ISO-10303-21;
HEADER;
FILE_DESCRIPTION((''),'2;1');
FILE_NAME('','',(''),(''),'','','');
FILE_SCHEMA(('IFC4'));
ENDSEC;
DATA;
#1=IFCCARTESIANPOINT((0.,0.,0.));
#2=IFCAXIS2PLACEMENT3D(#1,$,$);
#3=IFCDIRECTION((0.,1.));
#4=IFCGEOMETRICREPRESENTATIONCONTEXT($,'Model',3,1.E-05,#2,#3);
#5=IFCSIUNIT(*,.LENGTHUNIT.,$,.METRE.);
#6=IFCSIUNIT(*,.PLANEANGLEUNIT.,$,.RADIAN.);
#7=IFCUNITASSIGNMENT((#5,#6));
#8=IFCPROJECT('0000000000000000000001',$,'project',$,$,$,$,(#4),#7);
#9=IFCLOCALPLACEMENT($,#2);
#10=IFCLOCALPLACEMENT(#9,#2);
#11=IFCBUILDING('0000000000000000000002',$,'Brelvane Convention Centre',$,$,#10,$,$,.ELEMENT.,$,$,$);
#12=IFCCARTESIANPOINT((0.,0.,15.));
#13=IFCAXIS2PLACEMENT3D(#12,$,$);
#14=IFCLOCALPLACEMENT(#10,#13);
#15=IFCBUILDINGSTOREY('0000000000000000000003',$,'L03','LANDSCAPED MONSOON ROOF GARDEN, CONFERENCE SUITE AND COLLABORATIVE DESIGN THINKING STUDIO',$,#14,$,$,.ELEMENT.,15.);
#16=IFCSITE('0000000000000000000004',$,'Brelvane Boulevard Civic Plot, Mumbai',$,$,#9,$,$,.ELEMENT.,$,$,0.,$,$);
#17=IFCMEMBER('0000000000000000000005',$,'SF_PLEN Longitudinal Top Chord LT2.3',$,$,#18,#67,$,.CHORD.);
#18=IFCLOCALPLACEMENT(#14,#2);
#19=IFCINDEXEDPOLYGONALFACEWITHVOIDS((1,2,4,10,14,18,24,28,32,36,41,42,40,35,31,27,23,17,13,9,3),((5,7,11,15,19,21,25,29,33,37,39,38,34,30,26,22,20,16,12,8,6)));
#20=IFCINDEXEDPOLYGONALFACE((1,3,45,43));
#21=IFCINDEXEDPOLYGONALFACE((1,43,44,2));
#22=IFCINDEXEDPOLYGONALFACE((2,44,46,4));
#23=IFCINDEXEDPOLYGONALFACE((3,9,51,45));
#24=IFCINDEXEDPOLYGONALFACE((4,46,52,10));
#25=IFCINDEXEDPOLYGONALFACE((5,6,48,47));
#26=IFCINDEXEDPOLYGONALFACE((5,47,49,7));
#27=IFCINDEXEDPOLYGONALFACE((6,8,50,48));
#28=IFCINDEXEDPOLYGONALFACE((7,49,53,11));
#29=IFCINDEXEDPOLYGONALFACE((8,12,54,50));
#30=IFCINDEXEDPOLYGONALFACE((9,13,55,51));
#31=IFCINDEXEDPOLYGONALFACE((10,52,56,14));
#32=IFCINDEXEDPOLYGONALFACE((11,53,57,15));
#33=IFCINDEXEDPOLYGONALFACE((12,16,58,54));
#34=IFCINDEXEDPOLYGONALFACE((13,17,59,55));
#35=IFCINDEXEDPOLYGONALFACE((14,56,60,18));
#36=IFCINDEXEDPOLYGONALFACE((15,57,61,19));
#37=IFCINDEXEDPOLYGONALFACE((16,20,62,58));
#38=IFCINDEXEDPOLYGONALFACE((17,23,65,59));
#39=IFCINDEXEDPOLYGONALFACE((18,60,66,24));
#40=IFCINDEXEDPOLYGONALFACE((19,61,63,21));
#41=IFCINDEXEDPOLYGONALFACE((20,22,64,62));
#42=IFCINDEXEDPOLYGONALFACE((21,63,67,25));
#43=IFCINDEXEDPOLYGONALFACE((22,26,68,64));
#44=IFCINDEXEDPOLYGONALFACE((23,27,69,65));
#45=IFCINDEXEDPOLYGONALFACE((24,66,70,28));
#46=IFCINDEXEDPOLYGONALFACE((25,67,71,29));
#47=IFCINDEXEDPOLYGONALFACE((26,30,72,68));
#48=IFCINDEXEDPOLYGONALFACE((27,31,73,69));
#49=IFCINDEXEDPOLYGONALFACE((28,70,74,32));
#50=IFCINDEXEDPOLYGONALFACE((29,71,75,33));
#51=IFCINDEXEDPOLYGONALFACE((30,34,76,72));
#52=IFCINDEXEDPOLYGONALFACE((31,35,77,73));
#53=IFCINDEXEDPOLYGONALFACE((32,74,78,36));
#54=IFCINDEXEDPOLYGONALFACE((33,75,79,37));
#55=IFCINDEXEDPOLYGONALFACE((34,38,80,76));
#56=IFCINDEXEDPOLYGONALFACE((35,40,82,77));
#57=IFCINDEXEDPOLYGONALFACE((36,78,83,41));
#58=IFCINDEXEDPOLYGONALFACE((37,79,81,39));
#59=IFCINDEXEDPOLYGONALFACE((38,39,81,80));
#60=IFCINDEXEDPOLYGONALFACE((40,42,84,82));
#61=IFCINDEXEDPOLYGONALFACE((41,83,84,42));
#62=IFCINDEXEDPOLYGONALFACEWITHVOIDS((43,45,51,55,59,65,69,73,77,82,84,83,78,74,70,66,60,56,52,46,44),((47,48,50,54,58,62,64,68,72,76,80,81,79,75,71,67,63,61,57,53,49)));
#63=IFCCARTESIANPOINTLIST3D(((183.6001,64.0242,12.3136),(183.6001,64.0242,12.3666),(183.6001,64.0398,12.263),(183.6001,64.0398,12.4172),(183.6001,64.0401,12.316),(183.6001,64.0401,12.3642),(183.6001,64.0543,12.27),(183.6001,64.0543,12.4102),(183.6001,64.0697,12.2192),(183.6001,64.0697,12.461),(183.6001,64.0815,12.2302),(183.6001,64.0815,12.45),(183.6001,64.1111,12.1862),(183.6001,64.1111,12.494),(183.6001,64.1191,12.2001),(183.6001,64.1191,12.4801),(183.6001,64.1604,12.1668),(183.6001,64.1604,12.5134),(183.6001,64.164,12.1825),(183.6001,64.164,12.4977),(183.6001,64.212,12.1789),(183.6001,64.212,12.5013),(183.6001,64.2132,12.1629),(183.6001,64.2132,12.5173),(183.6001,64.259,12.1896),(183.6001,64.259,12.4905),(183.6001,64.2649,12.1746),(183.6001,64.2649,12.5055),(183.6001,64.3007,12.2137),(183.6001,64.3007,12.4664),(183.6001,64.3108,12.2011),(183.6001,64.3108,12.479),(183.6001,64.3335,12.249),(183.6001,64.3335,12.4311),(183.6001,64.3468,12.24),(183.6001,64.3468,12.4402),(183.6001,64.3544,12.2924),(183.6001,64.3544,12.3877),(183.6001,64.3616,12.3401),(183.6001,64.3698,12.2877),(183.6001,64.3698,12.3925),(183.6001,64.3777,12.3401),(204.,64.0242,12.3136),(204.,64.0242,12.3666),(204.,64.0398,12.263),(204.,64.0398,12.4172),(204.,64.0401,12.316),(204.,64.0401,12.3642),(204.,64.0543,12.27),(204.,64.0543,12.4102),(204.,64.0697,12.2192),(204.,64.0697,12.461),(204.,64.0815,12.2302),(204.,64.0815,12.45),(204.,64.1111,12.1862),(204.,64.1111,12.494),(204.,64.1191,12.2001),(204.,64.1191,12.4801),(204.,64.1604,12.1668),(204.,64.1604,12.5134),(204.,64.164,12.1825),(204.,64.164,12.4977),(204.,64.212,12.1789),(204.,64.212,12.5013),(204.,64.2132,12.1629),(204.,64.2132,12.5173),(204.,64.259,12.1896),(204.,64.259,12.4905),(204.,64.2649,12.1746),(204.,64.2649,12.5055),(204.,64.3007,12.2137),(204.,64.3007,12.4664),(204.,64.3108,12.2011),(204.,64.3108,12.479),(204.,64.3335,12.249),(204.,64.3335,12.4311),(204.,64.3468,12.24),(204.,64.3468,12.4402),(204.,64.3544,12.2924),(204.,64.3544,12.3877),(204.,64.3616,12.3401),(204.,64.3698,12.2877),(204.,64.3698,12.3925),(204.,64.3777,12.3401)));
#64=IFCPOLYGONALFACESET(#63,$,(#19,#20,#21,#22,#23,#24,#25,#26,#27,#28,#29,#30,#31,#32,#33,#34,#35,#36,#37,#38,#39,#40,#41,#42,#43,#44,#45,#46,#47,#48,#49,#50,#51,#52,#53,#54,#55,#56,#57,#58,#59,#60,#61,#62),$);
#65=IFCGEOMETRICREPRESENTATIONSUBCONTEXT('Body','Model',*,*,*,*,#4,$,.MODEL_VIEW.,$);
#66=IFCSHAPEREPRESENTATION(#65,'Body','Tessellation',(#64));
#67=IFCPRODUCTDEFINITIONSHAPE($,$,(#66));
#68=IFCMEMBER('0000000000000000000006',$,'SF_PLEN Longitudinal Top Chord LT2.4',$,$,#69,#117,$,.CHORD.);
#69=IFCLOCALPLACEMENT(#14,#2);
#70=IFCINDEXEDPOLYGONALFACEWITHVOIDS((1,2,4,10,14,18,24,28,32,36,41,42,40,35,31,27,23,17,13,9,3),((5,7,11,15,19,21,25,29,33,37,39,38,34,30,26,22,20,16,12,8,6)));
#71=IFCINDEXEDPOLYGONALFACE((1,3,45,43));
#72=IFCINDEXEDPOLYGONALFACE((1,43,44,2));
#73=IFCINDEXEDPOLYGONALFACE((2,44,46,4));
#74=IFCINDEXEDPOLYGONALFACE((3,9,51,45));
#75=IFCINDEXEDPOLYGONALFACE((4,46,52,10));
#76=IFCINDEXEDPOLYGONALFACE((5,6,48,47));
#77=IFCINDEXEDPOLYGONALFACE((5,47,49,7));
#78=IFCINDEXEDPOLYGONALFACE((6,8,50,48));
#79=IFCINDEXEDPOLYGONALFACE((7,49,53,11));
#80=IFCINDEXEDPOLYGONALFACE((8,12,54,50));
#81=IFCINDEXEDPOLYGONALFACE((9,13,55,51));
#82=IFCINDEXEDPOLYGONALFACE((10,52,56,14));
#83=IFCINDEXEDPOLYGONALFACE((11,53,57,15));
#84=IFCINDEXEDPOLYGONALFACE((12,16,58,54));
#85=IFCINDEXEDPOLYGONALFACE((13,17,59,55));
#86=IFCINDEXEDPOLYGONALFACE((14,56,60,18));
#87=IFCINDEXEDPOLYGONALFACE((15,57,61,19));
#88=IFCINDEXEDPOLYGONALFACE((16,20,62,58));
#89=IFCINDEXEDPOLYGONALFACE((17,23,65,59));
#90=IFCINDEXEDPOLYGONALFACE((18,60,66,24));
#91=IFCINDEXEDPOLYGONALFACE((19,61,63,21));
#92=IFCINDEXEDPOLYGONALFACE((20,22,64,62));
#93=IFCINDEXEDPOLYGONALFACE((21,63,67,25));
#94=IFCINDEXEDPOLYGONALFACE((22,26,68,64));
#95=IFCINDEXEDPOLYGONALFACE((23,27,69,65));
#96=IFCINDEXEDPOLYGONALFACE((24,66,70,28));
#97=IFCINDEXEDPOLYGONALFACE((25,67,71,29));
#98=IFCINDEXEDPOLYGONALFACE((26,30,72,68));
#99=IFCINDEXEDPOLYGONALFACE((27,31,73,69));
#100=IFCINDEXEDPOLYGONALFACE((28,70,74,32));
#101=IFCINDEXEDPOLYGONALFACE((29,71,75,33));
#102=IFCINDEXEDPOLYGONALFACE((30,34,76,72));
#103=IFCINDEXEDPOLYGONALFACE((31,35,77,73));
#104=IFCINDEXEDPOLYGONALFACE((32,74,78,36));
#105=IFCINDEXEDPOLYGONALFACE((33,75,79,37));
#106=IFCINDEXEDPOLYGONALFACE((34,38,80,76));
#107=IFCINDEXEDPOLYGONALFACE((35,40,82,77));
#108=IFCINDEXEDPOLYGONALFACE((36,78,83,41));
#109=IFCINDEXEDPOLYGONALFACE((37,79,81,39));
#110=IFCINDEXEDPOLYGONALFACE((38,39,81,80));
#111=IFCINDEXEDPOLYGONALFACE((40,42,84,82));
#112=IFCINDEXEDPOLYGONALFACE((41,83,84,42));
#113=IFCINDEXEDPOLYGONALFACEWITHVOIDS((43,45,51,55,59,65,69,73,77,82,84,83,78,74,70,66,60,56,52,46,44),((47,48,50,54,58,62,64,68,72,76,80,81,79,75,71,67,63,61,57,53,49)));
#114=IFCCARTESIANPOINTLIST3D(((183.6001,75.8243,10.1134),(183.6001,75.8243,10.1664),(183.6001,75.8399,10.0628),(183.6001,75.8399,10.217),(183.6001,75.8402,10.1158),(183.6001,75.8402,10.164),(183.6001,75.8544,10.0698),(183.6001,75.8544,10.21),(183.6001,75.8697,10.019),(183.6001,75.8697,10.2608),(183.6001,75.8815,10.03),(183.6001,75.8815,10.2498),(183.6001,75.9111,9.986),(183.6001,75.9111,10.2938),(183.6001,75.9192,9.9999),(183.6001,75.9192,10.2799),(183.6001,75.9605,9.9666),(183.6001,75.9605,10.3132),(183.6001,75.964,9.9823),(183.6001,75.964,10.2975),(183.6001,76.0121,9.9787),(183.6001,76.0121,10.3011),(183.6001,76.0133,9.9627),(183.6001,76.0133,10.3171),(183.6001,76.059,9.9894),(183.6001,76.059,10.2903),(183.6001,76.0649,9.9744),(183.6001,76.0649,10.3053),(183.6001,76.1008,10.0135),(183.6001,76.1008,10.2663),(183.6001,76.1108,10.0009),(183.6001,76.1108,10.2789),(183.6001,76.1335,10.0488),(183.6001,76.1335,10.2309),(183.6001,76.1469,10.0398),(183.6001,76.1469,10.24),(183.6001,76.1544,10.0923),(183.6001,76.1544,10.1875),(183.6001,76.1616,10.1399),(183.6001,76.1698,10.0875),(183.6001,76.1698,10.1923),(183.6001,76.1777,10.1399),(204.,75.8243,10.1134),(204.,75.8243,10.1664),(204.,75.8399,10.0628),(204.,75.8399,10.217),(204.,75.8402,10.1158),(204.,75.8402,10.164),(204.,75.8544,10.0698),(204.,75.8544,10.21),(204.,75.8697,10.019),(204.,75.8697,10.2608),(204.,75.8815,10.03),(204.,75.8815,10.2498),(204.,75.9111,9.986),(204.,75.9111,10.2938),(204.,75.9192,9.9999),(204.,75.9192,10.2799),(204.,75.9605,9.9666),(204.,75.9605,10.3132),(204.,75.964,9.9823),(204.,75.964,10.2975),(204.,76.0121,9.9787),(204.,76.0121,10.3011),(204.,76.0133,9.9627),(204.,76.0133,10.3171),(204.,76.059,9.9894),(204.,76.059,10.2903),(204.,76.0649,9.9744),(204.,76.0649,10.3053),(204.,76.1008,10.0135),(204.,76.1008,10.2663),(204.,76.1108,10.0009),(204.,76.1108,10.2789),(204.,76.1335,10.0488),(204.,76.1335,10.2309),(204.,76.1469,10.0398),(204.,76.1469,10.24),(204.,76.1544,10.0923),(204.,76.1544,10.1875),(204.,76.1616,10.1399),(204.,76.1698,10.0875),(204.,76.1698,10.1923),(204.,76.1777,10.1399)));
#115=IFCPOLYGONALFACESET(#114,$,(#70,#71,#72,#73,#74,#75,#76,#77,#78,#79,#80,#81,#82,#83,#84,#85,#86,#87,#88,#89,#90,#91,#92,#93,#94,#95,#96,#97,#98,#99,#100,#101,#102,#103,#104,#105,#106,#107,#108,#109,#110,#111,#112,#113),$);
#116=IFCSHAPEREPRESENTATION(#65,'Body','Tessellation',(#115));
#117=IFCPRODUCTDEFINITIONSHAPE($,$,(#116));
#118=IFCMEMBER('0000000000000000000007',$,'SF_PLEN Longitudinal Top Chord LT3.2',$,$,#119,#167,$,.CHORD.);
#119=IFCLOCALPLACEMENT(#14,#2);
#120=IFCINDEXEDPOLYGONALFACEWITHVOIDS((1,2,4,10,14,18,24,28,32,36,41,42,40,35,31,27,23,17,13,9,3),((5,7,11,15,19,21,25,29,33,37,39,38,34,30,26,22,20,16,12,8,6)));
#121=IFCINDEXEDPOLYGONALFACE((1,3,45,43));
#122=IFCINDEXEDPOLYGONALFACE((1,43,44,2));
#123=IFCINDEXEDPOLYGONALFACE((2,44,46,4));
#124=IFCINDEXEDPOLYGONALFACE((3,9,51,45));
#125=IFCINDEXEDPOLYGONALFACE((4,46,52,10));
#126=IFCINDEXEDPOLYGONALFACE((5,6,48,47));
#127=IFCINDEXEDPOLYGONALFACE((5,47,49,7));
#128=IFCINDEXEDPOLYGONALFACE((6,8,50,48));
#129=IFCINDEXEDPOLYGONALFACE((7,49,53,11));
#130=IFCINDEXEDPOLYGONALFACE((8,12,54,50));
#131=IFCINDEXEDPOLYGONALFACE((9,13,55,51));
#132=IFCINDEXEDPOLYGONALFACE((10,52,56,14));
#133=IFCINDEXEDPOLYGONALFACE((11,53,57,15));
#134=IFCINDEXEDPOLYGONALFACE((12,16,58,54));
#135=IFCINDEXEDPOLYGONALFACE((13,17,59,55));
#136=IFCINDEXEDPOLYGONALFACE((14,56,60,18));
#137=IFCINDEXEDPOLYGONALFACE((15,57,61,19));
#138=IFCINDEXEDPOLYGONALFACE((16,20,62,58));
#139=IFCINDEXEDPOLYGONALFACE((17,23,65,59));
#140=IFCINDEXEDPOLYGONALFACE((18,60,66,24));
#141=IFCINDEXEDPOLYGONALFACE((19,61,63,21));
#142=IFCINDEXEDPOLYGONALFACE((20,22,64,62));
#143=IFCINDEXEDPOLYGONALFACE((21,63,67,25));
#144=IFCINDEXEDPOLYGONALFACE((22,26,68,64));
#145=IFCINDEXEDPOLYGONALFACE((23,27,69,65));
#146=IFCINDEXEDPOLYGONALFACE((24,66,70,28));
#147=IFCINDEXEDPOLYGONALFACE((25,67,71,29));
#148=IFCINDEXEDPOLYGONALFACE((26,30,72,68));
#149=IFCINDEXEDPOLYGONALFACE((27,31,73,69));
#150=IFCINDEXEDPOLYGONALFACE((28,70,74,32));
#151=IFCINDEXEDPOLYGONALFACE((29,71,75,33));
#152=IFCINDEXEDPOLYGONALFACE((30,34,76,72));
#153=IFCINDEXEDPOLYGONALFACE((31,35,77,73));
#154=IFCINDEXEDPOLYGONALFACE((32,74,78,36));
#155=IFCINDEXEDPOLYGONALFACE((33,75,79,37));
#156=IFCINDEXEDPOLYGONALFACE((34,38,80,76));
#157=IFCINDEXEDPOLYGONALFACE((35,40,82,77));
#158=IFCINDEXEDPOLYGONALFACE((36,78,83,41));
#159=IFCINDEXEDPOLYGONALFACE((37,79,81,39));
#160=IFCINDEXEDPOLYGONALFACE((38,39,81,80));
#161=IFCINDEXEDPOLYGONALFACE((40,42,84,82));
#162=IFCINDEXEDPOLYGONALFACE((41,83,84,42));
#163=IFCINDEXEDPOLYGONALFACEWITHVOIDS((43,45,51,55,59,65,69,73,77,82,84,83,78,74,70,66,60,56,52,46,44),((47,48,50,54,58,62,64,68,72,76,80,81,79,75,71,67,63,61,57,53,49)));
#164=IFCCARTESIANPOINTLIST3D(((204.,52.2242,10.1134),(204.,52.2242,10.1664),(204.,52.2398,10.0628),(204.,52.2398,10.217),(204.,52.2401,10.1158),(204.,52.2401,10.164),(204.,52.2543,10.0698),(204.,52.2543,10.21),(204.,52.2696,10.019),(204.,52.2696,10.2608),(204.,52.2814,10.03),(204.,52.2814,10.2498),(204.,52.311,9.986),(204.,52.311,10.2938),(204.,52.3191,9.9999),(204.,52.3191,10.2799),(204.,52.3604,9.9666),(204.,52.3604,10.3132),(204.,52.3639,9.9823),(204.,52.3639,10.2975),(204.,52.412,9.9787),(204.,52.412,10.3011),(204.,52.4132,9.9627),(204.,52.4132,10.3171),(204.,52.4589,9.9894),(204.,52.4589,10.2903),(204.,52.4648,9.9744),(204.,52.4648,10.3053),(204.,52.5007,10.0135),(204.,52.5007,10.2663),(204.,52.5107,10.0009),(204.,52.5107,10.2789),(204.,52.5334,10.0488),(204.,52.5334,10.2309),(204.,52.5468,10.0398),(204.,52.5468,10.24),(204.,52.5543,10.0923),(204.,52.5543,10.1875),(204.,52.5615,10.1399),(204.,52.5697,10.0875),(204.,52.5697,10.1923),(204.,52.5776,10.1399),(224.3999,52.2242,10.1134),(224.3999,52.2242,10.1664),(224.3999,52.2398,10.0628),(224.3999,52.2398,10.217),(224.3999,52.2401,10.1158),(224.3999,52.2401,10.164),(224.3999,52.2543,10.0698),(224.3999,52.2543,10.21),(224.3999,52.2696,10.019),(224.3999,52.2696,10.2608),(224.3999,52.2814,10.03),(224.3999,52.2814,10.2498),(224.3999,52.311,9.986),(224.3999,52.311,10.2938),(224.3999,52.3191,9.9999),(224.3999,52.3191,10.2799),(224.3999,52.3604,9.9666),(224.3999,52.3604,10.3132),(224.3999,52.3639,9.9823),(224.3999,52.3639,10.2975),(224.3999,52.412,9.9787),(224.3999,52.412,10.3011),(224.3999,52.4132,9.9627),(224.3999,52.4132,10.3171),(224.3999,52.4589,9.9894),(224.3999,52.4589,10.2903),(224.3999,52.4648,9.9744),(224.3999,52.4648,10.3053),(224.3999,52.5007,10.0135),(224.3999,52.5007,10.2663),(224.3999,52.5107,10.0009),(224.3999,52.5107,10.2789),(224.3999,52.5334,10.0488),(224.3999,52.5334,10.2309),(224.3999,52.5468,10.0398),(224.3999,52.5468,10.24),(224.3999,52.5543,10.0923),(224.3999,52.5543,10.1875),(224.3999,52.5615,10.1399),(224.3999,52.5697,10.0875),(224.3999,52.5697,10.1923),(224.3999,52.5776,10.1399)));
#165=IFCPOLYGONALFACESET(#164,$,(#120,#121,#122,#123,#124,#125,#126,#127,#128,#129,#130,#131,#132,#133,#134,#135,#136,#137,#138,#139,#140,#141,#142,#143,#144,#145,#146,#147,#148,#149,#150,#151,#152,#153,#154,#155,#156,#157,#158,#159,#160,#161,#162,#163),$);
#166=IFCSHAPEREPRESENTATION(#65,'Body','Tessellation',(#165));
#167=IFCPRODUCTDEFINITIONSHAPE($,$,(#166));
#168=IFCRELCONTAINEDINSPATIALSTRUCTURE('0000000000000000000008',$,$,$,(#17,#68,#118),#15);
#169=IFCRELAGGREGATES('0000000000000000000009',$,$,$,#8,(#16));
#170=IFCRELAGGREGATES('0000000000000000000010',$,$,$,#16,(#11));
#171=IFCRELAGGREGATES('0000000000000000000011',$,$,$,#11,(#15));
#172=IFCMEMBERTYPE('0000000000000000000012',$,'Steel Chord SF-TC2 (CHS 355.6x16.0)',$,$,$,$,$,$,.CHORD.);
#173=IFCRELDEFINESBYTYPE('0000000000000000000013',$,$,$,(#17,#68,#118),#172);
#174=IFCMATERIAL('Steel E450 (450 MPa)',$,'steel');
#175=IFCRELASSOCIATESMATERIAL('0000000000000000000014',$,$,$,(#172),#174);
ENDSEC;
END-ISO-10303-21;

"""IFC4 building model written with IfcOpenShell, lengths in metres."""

from ifc_helpers import new_model, si_unit, direction, frame, origin, origin_2d, place, context, subcontext, project, spatial, hollow_circle, extrude, material, material_profile, profile_set, type_object, element, save


model = new_model("IFC4")

# Units and contexts
model_context = context("Model", 3, precision=1e-05, world=origin(), true_north=direction((0.0, 1.0)))
body_context = subcontext(model_context, "Body", "Model", "MODEL_VIEW")
ifc_project = project(units=[si_unit("LENGTHUNIT", "METRE"), si_unit("PLANEANGLEUNIT", "RADIAN")], contexts=[model_context])

# Site, building, storey
site_placement = place(None, origin())
site = spatial("IfcSite", under=ifc_project, at=site_placement, Name="Brelvane Boulevard Civic Plot, Mumbai", CompositionType="ELEMENT", RefElevation=0.0)
building_placement = place(site_placement, origin())
building = spatial("IfcBuilding", under=site, at=building_placement, Name="Brelvane Convention Centre", CompositionType="ELEMENT")
storey_placement = place(building_placement, frame((0.0, 0.0, 15.0)))
storey = spatial("IfcBuildingStorey", under=building, at=storey_placement, Name="L03", Description="LANDSCAPED MONSOON ROOF GARDEN, CONFERENCE SUITE AND COLLABORATIVE DESIGN THINKING STUDIO", CompositionType="ELEMENT", Elevation=15.0)

# Members
ifc_material_1 = material(Name="Steel E450 (450 MPa)", Category="steel")
ifc_material_profile_1 = material_profile(ifc_material_1, hollow_circle(Radius=0.1777, WallThickness=0.0161, at=origin_2d()), Name="CHS 355.6x16.0")
ifc_profile_set_1 = profile_set([ifc_material_profile_1], Name="Steel E450 (450 MPa)")
member_type_1 = type_object("IfcMemberType", Name="Steel Chord SF-TC2 (CHS 355.6x16.0)", PredefinedType="CHORD", material=ifc_profile_set_1)
for number, where, z_axis, x_axis, name in (
    (1, (183.6001, 64.2, 12.3401), (1.0, 0.0, 0.0), (0.0, 1.0, 0.0), "SF_PLEN Longitudinal Top Chord LT2.3"),
    (2, (183.6001, 76.0, 10.1399), (1.0, 0.0, 0.0), (0.0, 1.0, 0.0), "SF_PLEN Longitudinal Top Chord LT2.4"),
    (3, (204.0, 52.3999, 10.1399), (1.0, 0.0, 0.0), (0.0, 1.0, 0.0), "SF_PLEN Longitudinal Top Chord LT3.2"),
):
    element("IfcMember", number, at=place(storey_placement, frame(where, z_axis=z_axis, x_axis=x_axis)), inside=storey, type_object=member_type_1, Name=name, PredefinedType="CHORD", context=body_context, shape_type="SweptSolid", body=[
        extrude(hollow_circle(Radius=0.1777, WallThickness=0.0161, at=origin_2d()), origin(), (0.0, 0.0, 1.0), 20.3999),
    ])

save(model, "model.ifc")
